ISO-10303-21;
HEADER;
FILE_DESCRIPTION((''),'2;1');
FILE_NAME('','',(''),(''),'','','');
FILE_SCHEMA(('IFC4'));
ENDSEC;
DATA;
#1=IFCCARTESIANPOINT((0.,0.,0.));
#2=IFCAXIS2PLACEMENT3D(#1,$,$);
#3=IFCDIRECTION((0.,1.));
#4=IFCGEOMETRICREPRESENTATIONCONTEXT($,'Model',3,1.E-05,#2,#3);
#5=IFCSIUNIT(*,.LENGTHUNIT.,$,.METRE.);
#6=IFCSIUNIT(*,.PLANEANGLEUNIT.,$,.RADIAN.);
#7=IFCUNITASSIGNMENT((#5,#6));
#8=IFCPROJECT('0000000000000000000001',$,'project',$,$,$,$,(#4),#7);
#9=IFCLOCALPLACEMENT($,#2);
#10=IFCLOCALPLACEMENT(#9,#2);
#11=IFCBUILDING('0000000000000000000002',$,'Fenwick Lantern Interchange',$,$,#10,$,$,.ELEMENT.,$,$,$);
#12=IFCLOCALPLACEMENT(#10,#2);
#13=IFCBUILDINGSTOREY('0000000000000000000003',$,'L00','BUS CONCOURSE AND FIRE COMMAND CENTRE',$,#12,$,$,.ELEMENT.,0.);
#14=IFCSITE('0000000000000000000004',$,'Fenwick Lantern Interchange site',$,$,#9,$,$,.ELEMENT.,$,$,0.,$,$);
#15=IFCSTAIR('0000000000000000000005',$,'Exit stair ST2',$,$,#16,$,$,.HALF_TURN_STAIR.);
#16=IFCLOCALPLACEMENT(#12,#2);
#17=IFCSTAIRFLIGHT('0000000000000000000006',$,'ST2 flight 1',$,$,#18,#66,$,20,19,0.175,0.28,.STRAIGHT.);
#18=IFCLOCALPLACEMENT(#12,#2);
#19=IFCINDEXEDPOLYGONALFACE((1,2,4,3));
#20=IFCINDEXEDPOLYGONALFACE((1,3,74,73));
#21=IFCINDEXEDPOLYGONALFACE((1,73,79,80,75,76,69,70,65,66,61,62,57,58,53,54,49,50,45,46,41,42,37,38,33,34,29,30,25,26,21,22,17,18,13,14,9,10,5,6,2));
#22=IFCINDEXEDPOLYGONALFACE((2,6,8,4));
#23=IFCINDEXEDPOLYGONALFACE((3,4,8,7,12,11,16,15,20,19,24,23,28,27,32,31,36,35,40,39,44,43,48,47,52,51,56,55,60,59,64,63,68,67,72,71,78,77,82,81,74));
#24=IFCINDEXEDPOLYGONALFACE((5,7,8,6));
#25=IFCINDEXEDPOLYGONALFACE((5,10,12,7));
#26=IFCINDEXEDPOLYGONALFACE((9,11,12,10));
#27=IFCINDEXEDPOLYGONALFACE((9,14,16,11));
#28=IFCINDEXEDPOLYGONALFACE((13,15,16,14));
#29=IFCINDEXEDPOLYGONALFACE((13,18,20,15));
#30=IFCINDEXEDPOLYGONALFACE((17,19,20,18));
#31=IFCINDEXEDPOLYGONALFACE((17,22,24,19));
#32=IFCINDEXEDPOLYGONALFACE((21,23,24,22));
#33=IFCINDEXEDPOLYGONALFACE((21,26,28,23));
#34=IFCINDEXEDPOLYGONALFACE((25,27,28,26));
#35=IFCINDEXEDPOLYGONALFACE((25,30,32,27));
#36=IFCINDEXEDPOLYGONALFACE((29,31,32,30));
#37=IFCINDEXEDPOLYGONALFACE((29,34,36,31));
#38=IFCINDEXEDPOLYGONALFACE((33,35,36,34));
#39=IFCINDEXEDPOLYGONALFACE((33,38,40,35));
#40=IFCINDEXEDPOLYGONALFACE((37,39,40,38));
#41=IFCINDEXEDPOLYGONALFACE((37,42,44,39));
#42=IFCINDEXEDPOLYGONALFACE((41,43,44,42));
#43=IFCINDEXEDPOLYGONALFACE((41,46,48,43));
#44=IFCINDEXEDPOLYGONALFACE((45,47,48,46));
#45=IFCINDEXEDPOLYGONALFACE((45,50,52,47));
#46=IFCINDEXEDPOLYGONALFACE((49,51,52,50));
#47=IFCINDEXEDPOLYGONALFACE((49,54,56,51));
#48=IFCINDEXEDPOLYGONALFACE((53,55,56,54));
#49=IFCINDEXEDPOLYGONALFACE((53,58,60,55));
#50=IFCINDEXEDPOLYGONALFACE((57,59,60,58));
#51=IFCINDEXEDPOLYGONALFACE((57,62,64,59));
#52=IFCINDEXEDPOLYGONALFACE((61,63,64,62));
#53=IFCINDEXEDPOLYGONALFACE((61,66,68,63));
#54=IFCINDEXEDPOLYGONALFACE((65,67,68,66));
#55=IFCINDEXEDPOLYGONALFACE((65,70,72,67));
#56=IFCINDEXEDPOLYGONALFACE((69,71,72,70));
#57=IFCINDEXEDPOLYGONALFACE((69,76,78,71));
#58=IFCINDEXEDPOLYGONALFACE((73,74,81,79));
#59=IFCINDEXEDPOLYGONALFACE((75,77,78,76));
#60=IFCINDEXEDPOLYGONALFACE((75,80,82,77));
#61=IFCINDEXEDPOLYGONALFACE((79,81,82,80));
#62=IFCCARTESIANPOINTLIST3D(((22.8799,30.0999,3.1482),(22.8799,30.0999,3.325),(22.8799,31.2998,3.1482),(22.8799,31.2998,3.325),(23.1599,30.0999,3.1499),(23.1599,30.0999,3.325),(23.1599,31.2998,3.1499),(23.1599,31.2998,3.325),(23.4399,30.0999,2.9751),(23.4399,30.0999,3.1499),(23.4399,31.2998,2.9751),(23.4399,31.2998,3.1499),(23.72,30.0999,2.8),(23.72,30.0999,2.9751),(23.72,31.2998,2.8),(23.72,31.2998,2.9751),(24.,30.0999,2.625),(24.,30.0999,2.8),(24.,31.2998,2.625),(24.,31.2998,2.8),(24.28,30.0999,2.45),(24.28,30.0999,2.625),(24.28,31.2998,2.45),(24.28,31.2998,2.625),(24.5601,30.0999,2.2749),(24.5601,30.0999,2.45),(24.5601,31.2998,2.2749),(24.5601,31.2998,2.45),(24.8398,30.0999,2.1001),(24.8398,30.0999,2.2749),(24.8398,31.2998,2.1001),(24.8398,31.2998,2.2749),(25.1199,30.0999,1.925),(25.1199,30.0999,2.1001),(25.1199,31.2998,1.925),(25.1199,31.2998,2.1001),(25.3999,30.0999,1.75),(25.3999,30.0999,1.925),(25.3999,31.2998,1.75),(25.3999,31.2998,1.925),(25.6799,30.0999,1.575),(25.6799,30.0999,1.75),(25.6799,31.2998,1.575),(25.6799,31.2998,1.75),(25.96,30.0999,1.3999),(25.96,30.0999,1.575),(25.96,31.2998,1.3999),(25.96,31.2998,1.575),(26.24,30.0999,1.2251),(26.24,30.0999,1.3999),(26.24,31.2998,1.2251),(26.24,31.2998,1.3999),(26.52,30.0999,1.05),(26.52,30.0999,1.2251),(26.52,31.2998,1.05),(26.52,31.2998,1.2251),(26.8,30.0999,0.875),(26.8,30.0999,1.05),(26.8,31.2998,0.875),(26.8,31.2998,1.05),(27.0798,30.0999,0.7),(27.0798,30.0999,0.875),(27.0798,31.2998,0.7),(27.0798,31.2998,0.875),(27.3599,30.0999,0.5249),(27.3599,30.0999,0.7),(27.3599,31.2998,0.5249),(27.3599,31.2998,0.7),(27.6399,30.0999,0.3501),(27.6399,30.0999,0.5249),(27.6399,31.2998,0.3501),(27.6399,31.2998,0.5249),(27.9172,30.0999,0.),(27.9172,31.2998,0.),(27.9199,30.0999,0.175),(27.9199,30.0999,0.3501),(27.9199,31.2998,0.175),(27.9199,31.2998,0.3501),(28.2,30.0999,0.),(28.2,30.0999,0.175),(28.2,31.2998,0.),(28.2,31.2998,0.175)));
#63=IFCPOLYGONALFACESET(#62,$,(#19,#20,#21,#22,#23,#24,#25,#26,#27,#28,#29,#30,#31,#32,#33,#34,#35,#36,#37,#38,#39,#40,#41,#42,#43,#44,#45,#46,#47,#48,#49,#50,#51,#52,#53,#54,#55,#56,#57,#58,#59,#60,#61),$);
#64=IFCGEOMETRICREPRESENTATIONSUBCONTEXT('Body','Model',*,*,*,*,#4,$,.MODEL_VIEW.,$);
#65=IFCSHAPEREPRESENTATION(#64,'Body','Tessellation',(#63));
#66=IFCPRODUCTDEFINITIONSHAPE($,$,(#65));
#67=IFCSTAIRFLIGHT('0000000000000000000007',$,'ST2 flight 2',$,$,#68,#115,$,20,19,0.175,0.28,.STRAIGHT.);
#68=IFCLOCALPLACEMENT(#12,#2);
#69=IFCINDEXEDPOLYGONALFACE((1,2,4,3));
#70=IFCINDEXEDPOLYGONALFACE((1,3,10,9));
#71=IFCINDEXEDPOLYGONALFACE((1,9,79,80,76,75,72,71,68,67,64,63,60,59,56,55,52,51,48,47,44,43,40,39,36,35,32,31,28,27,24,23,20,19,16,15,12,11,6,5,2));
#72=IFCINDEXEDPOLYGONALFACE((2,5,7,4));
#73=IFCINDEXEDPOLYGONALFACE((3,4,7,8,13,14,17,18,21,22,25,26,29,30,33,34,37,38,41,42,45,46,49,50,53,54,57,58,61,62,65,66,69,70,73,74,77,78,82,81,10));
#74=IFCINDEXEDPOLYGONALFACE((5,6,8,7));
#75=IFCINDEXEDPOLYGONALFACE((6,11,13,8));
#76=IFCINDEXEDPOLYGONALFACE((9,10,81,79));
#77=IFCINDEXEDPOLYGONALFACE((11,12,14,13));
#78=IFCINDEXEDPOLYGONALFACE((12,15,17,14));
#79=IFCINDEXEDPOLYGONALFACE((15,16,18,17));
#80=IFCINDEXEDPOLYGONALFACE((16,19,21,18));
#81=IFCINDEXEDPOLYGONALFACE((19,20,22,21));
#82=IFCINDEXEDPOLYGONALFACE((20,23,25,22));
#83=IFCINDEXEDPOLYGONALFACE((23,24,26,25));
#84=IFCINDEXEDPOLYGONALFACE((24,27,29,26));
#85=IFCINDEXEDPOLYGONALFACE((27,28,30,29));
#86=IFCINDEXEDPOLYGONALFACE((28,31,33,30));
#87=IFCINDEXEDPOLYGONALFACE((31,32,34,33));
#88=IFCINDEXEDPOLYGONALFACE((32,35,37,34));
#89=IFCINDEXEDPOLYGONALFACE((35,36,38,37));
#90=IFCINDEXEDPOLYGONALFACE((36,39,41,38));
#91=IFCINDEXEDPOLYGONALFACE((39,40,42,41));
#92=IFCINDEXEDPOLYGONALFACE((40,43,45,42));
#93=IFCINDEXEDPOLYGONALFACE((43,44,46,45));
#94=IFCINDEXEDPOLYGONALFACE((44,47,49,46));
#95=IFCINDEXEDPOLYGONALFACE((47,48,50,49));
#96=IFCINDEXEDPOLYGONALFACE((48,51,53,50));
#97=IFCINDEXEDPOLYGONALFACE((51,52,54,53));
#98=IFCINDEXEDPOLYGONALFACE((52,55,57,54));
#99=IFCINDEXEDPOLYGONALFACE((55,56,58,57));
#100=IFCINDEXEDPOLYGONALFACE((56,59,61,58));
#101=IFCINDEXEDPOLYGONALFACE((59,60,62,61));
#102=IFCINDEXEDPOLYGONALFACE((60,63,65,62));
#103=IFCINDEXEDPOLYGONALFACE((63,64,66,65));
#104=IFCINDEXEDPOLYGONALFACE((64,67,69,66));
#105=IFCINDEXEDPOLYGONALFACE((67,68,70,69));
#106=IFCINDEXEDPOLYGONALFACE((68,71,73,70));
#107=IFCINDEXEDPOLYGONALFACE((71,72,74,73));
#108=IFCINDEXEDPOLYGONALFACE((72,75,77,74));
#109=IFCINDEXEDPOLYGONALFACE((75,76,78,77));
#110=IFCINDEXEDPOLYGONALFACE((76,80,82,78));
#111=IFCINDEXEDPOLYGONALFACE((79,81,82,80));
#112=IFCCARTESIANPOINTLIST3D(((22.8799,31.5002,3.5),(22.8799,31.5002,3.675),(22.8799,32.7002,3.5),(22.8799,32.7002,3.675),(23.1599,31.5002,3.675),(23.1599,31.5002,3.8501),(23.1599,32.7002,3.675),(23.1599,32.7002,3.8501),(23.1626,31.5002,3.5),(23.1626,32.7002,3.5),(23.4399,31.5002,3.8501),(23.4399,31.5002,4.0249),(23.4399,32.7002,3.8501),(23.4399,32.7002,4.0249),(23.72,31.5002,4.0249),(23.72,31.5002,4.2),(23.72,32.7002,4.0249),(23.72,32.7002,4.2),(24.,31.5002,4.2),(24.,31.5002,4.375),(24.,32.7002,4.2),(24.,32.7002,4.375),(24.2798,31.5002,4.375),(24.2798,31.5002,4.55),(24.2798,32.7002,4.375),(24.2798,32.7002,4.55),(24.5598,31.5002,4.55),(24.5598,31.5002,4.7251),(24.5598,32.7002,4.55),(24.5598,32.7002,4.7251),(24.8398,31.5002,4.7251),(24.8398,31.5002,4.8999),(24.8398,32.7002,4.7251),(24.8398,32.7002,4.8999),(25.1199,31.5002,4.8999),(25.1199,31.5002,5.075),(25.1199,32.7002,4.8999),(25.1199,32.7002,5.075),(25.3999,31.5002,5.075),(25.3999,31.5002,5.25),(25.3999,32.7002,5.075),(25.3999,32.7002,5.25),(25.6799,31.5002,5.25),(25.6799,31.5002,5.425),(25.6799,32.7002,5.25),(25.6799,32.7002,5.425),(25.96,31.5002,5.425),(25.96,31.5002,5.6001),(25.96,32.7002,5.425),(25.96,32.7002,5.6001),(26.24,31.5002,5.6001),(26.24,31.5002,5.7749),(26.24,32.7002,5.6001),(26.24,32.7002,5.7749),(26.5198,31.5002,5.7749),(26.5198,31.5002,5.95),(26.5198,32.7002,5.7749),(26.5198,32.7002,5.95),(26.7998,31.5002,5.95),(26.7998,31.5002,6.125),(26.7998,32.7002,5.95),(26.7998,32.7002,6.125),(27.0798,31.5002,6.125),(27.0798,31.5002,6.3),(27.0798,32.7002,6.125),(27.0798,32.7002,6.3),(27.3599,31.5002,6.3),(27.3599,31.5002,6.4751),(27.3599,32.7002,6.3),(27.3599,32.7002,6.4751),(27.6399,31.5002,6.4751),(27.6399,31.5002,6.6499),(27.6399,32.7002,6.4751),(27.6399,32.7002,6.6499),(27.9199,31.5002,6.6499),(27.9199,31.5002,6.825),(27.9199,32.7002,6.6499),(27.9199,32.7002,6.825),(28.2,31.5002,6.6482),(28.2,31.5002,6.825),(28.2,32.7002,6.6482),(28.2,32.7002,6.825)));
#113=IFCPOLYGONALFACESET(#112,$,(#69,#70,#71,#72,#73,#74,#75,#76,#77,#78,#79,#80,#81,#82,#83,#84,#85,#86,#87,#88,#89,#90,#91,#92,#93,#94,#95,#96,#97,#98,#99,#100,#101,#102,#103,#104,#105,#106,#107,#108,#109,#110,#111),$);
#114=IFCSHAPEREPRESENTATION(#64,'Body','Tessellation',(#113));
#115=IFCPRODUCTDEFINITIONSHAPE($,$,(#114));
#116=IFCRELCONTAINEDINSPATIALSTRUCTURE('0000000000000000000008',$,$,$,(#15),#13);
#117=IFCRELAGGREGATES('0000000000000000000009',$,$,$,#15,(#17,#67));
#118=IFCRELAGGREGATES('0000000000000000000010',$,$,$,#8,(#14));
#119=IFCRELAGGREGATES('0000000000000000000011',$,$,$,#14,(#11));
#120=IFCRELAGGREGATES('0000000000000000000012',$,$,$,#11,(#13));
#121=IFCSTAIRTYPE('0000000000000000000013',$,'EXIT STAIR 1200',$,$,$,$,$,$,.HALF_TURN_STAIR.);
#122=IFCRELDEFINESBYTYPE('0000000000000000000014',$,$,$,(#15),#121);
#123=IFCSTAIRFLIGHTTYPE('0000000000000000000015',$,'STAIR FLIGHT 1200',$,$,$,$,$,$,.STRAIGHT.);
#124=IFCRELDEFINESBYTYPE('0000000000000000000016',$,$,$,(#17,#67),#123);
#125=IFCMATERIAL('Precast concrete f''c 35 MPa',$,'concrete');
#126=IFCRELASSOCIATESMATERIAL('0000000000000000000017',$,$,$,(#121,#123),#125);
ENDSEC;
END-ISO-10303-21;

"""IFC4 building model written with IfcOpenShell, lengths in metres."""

from ifc_helpers import new_model, si_unit, direction, frame, origin, place, context, subcontext, project, spatial, polyline, outline, extrude, material, type_object, element, aggregate, save


model = new_model("IFC4")

# Units and contexts
model_context = context("Model", 3, precision=1e-05, world=origin(), true_north=direction((0.0, 1.0)))
body_context = subcontext(model_context, "Body", "Model", "MODEL_VIEW")
ifc_project = project(units=[si_unit("LENGTHUNIT", "METRE"), si_unit("PLANEANGLEUNIT", "RADIAN")], contexts=[model_context])

# Site, building, storey
site_placement = place(None, origin())
site = spatial("IfcSite", under=ifc_project, at=site_placement, Name="Fenwick Lantern Interchange site", CompositionType="ELEMENT", RefElevation=0.0)
building_placement = place(site_placement, origin())
building = spatial("IfcBuilding", under=site, at=building_placement, Name="Fenwick Lantern Interchange", CompositionType="ELEMENT")
storey_placement = place(building_placement, origin())
storey = spatial("IfcBuildingStorey", under=building, at=storey_placement, Name="L00", Description="BUS CONCOURSE AND FIRE COMMAND CENTRE", CompositionType="ELEMENT", Elevation=0.0)

# Stair, stair flights
ifc_material_1 = material(Name="Precast concrete f'c 35 MPa", Category="concrete")
stair_type = type_object("IfcStairType", Name="EXIT STAIR 1200", PredefinedType="HALF_TURN_STAIR", material=ifc_material_1)
stair_placement = place(storey_placement, origin())
stair = element("IfcStair", 1, at=stair_placement, inside=storey, type_object=stair_type, Name="Exit stair ST2", PredefinedType="HALF_TURN_STAIR")
stair_flight_type = type_object("IfcStairFlightType", Name="STAIR FLIGHT 1200", PredefinedType="STRAIGHT", material=ifc_material_1)
stair_flight_1_placement = place(storey_placement, frame((28.2, 30.7, 0.0), z_axis=(0.0, 0.0, 1.0), x_axis=(-1.0, 0.0, 0.0)))
stair_flight_1 = element("IfcStairFlight", 2, at=stair_flight_1_placement, type_object=stair_flight_type, Name="ST2 flight 1", NumberOfRisers=20, NumberOfTreads=19, PredefinedType="STRAIGHT", RiserHeight=0.175, TreadLength=0.28, context=body_context, shape_type="SweptSolid", body=[
    extrude(outline(polyline([(0.0, 0.0), (0.0, 0.175), (0.28, 0.175), (0.28, 0.3501), (0.5601, 0.3501), (0.5601, 0.5249), (0.8401, 0.5249), (0.8401, 0.7), (1.1201, 0.7), (1.1201, 0.875), (1.3999, 0.875), (1.3999, 1.05), (1.6799, 1.05), (1.6799, 1.2251), (1.96, 1.2251), (1.96, 1.3999), (2.24, 1.3999), (2.24, 1.575), (2.52, 1.575), (2.52, 1.75), (2.8, 1.75), (2.8, 1.925), (3.0801, 1.925), (3.0801, 2.1001), (3.3601, 2.1001), (3.3601, 2.2749), (3.6399, 2.2749), (3.6399, 2.45), (3.9199, 2.45), (3.9199, 2.625), (4.2, 2.625), (4.2, 2.8), (4.48, 2.8), (4.48, 2.9751), (4.76, 2.9751), (4.76, 3.1499), (5.04, 3.1499), (5.04, 3.325), (5.3201, 3.325), (5.3201, 3.5), (5.3201, 3.1482), (0.2827, 0.0), (0.0, 0.0)])), frame((0.0, 0.6001, 0.0), z_axis=(0.0, -1.0, 0.0), x_axis=(1.0, 0.0, 0.0)), (0.0, 0.0, 1.0), 1.2),
])
stair_flight_2_placement = place(storey_placement, frame((22.8799, 32.1001, 3.5), z_axis=(0.0, 0.0, 1.0), x_axis=(1.0, 0.0, 0.0)))
stair_flight_2 = element("IfcStairFlight", 3, at=stair_flight_2_placement, type_object=stair_flight_type, Name="ST2 flight 2", NumberOfRisers=20, NumberOfTreads=19, PredefinedType="STRAIGHT", RiserHeight=0.175, TreadLength=0.28, context=body_context, shape_type="SweptSolid", body=[
    extrude(outline(polyline([(0.0, 0.0), (0.0, 0.175), (0.28, 0.175), (0.28, 0.3501), (0.5601, 0.3501), (0.5601, 0.5249), (0.8401, 0.5249), (0.8401, 0.7), (1.1201, 0.7), (1.1201, 0.875), (1.3999, 0.875), (1.3999, 1.05), (1.6799, 1.05), (1.6799, 1.2251), (1.96, 1.2251), (1.96, 1.3999), (2.24, 1.3999), (2.24, 1.575), (2.52, 1.575), (2.52, 1.75), (2.8, 1.75), (2.8, 1.925), (3.0801, 1.925), (3.0801, 2.1001), (3.3601, 2.1001), (3.3601, 2.2749), (3.6399, 2.2749), (3.6399, 2.45), (3.9199, 2.45), (3.9199, 2.625), (4.2, 2.625), (4.2, 2.8), (4.48, 2.8), (4.48, 2.9751), (4.76, 2.9751), (4.76, 3.1499), (5.04, 3.1499), (5.04, 3.325), (5.3201, 3.325), (5.3201, 3.5), (5.3201, 3.1482), (0.2827, 0.0), (0.0, 0.0)])), frame((0.0, 0.6001, 0.0), z_axis=(0.0, -1.0, 0.0), x_axis=(1.0, 0.0, 0.0)), (0.0, 0.0, 1.0), 1.2),
])
aggregate(stair, [stair_flight_1, stair_flight_2])

save(model, "model.ifc")
